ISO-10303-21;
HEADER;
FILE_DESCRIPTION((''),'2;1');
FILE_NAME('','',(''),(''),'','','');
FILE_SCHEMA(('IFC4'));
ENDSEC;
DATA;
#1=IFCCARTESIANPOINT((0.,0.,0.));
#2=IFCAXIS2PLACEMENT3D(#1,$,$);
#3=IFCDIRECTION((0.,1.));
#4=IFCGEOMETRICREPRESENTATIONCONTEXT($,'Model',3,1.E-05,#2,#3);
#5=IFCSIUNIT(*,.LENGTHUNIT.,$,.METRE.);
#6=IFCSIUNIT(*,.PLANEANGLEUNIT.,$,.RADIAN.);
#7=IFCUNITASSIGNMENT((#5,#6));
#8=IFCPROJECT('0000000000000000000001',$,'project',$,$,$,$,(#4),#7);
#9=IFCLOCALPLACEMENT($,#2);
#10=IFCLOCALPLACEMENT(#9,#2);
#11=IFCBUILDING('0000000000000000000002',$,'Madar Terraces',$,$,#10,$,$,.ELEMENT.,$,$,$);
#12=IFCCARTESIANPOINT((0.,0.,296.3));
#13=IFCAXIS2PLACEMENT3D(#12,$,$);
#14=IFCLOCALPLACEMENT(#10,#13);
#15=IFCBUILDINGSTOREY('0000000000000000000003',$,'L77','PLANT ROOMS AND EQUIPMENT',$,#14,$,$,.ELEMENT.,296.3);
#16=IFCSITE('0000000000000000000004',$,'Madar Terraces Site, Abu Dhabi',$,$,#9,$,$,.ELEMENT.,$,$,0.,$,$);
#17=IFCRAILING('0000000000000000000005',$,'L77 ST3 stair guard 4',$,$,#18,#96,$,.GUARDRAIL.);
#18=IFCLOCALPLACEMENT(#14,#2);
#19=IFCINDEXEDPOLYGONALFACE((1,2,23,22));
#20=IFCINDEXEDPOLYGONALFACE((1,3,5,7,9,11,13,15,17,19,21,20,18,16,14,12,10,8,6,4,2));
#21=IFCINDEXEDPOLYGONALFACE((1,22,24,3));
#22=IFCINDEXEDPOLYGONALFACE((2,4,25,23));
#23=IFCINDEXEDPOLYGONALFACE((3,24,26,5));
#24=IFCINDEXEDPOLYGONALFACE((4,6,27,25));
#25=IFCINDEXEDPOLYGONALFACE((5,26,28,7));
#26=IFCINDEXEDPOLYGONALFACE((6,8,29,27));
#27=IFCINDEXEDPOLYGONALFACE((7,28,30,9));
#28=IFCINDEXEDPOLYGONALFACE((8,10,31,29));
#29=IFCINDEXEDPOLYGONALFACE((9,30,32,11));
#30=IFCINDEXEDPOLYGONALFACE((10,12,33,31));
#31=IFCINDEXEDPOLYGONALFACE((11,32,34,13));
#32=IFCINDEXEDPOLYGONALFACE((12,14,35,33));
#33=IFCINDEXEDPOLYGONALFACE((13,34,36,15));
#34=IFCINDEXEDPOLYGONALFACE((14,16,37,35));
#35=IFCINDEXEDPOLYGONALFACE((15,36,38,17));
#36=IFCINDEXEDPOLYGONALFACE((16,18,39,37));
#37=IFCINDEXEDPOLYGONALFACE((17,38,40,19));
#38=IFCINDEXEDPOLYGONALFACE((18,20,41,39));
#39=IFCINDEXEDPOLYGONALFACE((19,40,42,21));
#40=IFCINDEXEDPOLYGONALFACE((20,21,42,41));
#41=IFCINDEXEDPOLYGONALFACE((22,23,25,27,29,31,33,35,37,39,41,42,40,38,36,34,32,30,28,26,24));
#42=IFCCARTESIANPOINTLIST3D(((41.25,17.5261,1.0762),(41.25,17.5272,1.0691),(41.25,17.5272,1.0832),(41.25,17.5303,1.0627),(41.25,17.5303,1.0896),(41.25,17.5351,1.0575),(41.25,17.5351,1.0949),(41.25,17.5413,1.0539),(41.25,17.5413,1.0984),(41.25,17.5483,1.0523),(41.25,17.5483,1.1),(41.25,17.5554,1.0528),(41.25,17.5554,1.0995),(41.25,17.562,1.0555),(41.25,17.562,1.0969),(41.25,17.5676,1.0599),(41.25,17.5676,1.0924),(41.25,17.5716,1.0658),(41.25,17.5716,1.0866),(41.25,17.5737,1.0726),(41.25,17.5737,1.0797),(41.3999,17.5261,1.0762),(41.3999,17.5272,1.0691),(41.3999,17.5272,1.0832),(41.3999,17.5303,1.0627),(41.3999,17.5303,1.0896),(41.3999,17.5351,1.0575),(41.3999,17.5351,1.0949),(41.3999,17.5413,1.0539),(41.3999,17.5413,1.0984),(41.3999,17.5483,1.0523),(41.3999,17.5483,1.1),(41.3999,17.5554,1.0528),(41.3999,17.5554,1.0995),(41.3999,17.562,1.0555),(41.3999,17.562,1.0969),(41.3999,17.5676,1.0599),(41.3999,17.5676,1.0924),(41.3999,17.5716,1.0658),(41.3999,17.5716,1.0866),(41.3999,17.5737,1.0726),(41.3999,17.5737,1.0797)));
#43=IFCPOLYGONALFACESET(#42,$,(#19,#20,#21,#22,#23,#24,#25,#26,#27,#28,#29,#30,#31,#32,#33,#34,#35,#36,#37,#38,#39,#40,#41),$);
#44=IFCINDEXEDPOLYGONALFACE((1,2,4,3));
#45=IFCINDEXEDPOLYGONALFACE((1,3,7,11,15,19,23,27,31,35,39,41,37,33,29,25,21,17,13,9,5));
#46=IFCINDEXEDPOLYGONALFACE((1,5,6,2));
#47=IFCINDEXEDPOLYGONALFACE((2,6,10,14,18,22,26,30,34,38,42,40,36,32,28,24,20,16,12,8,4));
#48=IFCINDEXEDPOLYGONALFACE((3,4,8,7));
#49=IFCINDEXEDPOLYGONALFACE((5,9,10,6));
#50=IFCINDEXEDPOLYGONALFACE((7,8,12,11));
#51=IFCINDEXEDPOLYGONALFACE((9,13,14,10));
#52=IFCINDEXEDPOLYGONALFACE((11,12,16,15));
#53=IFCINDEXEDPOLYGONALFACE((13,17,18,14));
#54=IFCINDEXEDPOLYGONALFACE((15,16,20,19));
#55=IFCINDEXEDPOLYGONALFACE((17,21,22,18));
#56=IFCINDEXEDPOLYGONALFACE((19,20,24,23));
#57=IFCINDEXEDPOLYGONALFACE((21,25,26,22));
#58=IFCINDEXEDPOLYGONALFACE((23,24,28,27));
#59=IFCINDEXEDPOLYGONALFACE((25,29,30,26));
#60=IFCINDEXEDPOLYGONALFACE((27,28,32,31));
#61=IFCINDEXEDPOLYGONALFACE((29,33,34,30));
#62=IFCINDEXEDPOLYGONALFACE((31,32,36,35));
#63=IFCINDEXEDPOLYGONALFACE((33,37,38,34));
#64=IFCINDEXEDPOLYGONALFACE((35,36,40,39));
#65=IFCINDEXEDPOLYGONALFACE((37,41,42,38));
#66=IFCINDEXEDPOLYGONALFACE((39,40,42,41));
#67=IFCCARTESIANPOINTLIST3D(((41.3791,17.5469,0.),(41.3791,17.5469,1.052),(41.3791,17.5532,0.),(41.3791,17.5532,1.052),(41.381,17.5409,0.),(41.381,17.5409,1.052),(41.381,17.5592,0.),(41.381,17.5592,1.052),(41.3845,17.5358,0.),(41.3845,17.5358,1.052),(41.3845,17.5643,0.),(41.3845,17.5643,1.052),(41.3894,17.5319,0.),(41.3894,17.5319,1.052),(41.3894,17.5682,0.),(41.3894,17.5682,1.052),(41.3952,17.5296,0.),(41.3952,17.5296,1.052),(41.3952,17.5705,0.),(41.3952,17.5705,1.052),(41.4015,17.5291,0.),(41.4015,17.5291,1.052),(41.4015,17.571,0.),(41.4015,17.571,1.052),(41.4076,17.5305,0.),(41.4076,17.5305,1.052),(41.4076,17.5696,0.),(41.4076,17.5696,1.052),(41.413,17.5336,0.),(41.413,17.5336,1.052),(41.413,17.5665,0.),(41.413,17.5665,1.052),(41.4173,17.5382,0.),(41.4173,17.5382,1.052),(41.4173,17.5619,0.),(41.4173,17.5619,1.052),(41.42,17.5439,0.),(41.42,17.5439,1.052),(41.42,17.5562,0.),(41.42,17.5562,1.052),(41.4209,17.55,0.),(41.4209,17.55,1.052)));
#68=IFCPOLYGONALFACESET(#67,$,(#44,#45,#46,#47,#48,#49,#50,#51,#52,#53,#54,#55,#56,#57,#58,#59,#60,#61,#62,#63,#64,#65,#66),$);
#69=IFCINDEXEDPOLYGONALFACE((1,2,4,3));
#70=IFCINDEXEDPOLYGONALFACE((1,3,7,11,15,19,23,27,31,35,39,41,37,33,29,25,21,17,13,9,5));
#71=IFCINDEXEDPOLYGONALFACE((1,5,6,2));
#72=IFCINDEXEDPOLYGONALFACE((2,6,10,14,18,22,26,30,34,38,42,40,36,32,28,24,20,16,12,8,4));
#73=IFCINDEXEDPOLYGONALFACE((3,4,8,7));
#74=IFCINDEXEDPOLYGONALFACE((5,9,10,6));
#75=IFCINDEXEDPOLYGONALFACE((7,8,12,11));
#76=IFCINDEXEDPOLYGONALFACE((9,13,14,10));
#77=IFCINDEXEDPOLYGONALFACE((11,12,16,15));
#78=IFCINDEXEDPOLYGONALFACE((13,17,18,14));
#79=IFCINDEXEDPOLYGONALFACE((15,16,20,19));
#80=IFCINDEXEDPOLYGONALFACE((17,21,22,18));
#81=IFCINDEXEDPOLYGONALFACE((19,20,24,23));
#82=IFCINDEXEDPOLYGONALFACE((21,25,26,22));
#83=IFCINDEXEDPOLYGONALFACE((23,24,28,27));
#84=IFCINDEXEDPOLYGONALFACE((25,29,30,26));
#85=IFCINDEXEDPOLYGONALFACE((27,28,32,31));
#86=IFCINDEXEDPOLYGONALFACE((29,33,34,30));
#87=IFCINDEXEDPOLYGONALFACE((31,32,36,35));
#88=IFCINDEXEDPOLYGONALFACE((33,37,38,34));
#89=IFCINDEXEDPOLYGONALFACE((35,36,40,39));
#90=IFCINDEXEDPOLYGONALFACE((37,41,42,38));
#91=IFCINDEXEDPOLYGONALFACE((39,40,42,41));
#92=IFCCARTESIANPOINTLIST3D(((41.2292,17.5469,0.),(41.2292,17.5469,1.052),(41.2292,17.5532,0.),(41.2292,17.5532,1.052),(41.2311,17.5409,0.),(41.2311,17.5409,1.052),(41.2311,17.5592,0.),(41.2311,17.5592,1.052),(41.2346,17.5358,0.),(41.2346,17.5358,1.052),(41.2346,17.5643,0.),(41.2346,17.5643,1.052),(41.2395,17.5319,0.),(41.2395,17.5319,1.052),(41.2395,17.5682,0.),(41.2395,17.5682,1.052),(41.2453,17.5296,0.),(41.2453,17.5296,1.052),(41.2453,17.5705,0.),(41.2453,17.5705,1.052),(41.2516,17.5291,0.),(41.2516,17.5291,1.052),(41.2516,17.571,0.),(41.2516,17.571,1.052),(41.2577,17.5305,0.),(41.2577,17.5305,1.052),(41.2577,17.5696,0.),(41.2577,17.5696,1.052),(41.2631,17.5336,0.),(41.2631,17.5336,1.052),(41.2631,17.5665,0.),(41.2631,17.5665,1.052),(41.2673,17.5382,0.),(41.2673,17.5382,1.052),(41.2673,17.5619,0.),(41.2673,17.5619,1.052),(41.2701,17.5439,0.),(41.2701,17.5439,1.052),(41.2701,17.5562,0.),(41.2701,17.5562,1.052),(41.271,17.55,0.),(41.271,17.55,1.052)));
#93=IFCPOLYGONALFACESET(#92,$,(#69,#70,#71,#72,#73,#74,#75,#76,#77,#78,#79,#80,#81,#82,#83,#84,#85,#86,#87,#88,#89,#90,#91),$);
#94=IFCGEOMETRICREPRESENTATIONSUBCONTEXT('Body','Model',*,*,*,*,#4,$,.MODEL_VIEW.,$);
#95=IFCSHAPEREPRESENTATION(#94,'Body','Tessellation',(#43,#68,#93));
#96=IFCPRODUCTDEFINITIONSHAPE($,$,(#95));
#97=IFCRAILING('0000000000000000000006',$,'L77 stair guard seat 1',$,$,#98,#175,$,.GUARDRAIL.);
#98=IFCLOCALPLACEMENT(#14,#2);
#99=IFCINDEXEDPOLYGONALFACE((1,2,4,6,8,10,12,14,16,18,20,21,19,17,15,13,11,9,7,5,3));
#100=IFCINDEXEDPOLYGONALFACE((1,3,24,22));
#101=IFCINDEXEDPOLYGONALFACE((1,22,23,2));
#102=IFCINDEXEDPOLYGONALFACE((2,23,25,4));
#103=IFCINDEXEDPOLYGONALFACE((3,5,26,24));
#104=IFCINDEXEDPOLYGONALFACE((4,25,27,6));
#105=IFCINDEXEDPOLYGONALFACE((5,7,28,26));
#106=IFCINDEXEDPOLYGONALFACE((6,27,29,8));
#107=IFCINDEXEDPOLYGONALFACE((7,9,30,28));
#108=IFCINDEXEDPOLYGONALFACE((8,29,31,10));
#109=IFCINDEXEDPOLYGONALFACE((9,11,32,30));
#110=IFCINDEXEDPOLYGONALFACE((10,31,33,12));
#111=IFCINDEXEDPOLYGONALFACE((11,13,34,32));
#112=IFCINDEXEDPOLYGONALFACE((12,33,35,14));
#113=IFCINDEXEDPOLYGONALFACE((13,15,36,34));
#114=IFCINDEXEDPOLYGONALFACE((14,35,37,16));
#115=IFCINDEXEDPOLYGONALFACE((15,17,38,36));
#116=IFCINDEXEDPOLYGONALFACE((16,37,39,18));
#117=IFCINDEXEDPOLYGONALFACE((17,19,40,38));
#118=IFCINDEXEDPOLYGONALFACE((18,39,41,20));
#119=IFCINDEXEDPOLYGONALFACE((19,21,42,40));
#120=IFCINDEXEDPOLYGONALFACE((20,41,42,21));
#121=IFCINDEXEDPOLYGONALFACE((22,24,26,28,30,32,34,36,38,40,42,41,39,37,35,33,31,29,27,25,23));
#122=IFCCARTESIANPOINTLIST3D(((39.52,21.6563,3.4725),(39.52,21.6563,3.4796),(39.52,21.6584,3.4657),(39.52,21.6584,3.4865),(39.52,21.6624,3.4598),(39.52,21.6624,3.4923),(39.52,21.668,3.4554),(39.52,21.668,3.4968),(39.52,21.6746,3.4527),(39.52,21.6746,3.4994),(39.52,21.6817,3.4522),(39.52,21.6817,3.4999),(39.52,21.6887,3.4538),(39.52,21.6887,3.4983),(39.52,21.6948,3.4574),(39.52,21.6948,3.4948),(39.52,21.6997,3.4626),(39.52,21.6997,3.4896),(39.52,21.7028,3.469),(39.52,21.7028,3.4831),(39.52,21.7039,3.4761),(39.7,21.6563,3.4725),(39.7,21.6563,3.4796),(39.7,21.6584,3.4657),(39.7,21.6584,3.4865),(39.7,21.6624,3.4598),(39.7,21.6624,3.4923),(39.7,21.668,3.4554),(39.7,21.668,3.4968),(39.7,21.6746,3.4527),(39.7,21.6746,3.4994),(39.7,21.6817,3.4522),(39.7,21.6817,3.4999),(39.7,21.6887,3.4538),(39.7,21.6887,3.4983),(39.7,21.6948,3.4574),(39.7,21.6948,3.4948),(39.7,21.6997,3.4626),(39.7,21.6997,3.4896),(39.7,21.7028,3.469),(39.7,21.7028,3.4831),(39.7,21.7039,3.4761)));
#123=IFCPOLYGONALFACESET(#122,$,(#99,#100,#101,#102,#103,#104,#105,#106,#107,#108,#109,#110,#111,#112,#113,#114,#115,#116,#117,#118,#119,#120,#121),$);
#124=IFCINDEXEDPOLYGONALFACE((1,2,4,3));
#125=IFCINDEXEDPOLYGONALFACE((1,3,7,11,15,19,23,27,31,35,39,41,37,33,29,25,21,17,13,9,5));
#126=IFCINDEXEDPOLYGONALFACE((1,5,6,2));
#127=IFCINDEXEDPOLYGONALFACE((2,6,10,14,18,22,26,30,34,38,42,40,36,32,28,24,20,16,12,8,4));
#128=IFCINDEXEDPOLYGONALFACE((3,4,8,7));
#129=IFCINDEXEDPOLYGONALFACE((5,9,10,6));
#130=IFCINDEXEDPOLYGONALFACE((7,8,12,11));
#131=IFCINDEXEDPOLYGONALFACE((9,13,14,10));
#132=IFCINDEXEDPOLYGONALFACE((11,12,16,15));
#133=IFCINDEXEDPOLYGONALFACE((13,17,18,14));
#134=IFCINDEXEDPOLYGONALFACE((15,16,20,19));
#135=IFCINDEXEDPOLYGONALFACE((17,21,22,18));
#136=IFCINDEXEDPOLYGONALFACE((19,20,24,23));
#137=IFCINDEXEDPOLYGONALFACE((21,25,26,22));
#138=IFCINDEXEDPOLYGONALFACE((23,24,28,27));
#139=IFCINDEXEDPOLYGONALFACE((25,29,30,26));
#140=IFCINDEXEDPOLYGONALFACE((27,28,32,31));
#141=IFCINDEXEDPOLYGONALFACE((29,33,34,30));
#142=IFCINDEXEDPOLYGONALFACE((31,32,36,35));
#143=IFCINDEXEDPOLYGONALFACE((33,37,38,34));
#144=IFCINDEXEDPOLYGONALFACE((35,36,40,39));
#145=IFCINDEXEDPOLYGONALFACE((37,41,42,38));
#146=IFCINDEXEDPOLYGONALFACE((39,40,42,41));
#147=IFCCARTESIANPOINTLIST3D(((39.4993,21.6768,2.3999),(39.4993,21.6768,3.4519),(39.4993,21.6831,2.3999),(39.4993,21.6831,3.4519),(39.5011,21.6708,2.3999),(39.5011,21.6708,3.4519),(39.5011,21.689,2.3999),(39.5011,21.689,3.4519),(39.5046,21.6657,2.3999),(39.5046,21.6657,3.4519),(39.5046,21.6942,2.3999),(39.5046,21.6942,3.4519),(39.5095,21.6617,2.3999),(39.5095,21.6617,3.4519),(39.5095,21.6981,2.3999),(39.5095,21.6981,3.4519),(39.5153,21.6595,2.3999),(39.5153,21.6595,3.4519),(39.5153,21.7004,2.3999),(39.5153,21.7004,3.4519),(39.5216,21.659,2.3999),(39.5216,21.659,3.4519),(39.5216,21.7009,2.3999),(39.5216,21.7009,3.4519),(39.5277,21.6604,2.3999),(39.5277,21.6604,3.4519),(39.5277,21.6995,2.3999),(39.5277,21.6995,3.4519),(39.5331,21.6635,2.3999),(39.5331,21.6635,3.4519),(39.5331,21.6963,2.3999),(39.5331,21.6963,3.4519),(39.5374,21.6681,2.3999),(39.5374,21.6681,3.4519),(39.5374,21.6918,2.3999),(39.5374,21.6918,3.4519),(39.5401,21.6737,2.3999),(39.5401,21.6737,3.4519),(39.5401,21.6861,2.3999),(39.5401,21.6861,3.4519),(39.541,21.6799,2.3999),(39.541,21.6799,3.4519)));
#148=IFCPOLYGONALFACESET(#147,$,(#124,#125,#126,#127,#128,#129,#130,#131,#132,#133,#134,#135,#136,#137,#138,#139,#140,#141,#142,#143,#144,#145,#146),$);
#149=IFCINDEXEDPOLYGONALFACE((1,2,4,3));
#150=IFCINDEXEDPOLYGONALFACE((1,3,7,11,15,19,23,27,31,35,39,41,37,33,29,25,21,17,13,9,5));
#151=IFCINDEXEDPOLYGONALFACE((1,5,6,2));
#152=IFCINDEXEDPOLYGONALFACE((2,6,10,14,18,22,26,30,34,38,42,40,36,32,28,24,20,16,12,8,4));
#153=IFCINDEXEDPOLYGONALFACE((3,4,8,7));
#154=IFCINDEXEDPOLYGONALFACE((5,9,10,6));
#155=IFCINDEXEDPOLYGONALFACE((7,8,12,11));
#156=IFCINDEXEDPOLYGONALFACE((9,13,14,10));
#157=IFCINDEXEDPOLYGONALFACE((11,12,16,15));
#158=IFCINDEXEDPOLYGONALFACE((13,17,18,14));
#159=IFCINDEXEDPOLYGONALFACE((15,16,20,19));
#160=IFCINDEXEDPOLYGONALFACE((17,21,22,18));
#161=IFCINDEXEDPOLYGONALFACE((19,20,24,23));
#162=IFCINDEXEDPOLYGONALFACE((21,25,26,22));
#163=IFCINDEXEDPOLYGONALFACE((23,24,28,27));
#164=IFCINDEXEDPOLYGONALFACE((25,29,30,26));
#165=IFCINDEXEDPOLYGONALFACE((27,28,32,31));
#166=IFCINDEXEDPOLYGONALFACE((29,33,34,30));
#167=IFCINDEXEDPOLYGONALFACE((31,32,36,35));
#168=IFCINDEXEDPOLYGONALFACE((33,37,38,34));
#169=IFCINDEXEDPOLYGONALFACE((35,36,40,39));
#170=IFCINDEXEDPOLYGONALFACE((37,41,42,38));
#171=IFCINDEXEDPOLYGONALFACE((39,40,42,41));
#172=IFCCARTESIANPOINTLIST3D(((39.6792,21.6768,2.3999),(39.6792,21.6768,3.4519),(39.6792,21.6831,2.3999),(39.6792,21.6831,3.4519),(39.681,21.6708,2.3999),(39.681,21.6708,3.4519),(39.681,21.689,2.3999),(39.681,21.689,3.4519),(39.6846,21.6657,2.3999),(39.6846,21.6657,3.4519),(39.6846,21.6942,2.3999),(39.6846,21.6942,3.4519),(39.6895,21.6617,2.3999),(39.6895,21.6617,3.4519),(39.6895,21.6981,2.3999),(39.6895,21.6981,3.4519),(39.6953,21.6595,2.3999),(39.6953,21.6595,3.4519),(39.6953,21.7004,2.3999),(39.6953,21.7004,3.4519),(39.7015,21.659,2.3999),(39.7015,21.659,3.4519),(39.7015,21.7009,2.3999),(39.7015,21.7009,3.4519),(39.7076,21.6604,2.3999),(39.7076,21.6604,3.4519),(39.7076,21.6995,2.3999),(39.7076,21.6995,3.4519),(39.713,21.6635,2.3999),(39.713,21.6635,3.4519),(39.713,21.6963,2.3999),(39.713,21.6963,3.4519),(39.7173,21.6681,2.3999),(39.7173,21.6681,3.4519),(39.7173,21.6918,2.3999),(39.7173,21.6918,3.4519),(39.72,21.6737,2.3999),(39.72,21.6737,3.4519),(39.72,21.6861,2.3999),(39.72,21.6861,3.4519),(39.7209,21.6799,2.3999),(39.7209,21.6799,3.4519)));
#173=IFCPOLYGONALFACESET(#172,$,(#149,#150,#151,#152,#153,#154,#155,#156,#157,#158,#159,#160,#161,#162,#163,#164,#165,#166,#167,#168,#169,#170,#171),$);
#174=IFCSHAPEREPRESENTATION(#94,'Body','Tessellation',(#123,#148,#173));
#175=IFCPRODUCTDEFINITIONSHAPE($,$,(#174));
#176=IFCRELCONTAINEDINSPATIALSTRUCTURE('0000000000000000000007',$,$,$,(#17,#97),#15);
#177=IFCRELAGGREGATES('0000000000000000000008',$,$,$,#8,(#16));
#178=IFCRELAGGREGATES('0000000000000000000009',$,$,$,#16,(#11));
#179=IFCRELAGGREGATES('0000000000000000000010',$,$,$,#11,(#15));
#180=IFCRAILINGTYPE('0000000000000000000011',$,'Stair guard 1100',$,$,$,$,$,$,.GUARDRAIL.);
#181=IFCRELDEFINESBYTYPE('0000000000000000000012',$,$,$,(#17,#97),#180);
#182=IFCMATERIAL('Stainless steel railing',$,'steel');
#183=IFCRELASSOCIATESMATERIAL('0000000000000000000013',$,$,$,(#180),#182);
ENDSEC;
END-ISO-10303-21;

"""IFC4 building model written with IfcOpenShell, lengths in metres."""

from ifc_helpers import new_model, si_unit, direction, frame, origin, origin_2d, place, context, subcontext, project, spatial, circle, extrude, material, type_object, element, save


model = new_model("IFC4")

# Units and contexts
model_context = context("Model", 3, precision=1e-05, world=origin(), true_north=direction((0.0, 1.0)))
body_context = subcontext(model_context, "Body", "Model", "MODEL_VIEW")
ifc_project = project(units=[si_unit("LENGTHUNIT", "METRE"), si_unit("PLANEANGLEUNIT", "RADIAN")], contexts=[model_context])

# Site, building, storey
site_placement = place(None, origin())
site = spatial("IfcSite", under=ifc_project, at=site_placement, Name="Madar Terraces Site, Abu Dhabi", CompositionType="ELEMENT", RefElevation=0.0)
building_placement = place(site_placement, origin())
building = spatial("IfcBuilding", under=site, at=building_placement, Name="Madar Terraces", CompositionType="ELEMENT")
storey_placement = place(building_placement, frame((0.0, 0.0, 296.3)))
storey = spatial("IfcBuildingStorey", under=building, at=storey_placement, Name="L77", Description="PLANT ROOMS AND EQUIPMENT", CompositionType="ELEMENT", Elevation=296.3)

# Railings
ifc_material_1 = material(Name="Stainless steel railing", Category="steel")
railing_type_1 = type_object("IfcRailingType", Name="Stair guard 1100", PredefinedType="GUARDRAIL", material=ifc_material_1)
railing_1_placement = place(storey_placement, frame((41.3999, 17.55, 0.0)))
element("IfcRailing", 1, at=railing_1_placement, inside=storey, type_object=railing_type_1, Name="L77 ST3 stair guard 4", PredefinedType="GUARDRAIL", context=body_context, shape_type="SweptSolid", body=[
    extrude(circle(Radius=0.0239, at=origin_2d()), frame((0.0, 0.0, 1.0762), z_axis=(-1.0, 0.0, 0.0), x_axis=(0.0, -1.0, 0.0)), (0.0, 0.0, 1.0), 0.1499),
    extrude(circle(Radius=0.021, at=origin_2d()), origin(), (0.0, 0.0, 1.0), 1.052),
    extrude(circle(Radius=0.021, at=origin_2d()), frame((-0.1499, 0.0, 0.0)), (0.0, 0.0, 1.0), 1.052),
])
for number, where, name in (
    (2, (39.52, 21.6799, 2.3999), "L77 stair guard seat 1"),
):
    element("IfcRailing", number, at=place(storey_placement, frame(where)), inside=storey, type_object=railing_type_1, Name=name, PredefinedType="GUARDRAIL", context=body_context, shape_type="SweptSolid", body=[
        extrude(circle(Radius=0.0239, at=origin_2d()), frame((0.0, 0.0, 1.0762), z_axis=(1.0, 0.0, 0.0), x_axis=(0.0, 1.0, 0.0)), (0.0, 0.0, 1.0), 0.1799),
        extrude(circle(Radius=0.021, at=origin_2d()), origin(), (0.0, 0.0, 1.0), 1.052),
        extrude(circle(Radius=0.021, at=origin_2d()), frame((0.1799, 0.0, 0.0)), (0.0, 0.0, 1.0), 1.052),
    ])

save(model, "model.ifc")
